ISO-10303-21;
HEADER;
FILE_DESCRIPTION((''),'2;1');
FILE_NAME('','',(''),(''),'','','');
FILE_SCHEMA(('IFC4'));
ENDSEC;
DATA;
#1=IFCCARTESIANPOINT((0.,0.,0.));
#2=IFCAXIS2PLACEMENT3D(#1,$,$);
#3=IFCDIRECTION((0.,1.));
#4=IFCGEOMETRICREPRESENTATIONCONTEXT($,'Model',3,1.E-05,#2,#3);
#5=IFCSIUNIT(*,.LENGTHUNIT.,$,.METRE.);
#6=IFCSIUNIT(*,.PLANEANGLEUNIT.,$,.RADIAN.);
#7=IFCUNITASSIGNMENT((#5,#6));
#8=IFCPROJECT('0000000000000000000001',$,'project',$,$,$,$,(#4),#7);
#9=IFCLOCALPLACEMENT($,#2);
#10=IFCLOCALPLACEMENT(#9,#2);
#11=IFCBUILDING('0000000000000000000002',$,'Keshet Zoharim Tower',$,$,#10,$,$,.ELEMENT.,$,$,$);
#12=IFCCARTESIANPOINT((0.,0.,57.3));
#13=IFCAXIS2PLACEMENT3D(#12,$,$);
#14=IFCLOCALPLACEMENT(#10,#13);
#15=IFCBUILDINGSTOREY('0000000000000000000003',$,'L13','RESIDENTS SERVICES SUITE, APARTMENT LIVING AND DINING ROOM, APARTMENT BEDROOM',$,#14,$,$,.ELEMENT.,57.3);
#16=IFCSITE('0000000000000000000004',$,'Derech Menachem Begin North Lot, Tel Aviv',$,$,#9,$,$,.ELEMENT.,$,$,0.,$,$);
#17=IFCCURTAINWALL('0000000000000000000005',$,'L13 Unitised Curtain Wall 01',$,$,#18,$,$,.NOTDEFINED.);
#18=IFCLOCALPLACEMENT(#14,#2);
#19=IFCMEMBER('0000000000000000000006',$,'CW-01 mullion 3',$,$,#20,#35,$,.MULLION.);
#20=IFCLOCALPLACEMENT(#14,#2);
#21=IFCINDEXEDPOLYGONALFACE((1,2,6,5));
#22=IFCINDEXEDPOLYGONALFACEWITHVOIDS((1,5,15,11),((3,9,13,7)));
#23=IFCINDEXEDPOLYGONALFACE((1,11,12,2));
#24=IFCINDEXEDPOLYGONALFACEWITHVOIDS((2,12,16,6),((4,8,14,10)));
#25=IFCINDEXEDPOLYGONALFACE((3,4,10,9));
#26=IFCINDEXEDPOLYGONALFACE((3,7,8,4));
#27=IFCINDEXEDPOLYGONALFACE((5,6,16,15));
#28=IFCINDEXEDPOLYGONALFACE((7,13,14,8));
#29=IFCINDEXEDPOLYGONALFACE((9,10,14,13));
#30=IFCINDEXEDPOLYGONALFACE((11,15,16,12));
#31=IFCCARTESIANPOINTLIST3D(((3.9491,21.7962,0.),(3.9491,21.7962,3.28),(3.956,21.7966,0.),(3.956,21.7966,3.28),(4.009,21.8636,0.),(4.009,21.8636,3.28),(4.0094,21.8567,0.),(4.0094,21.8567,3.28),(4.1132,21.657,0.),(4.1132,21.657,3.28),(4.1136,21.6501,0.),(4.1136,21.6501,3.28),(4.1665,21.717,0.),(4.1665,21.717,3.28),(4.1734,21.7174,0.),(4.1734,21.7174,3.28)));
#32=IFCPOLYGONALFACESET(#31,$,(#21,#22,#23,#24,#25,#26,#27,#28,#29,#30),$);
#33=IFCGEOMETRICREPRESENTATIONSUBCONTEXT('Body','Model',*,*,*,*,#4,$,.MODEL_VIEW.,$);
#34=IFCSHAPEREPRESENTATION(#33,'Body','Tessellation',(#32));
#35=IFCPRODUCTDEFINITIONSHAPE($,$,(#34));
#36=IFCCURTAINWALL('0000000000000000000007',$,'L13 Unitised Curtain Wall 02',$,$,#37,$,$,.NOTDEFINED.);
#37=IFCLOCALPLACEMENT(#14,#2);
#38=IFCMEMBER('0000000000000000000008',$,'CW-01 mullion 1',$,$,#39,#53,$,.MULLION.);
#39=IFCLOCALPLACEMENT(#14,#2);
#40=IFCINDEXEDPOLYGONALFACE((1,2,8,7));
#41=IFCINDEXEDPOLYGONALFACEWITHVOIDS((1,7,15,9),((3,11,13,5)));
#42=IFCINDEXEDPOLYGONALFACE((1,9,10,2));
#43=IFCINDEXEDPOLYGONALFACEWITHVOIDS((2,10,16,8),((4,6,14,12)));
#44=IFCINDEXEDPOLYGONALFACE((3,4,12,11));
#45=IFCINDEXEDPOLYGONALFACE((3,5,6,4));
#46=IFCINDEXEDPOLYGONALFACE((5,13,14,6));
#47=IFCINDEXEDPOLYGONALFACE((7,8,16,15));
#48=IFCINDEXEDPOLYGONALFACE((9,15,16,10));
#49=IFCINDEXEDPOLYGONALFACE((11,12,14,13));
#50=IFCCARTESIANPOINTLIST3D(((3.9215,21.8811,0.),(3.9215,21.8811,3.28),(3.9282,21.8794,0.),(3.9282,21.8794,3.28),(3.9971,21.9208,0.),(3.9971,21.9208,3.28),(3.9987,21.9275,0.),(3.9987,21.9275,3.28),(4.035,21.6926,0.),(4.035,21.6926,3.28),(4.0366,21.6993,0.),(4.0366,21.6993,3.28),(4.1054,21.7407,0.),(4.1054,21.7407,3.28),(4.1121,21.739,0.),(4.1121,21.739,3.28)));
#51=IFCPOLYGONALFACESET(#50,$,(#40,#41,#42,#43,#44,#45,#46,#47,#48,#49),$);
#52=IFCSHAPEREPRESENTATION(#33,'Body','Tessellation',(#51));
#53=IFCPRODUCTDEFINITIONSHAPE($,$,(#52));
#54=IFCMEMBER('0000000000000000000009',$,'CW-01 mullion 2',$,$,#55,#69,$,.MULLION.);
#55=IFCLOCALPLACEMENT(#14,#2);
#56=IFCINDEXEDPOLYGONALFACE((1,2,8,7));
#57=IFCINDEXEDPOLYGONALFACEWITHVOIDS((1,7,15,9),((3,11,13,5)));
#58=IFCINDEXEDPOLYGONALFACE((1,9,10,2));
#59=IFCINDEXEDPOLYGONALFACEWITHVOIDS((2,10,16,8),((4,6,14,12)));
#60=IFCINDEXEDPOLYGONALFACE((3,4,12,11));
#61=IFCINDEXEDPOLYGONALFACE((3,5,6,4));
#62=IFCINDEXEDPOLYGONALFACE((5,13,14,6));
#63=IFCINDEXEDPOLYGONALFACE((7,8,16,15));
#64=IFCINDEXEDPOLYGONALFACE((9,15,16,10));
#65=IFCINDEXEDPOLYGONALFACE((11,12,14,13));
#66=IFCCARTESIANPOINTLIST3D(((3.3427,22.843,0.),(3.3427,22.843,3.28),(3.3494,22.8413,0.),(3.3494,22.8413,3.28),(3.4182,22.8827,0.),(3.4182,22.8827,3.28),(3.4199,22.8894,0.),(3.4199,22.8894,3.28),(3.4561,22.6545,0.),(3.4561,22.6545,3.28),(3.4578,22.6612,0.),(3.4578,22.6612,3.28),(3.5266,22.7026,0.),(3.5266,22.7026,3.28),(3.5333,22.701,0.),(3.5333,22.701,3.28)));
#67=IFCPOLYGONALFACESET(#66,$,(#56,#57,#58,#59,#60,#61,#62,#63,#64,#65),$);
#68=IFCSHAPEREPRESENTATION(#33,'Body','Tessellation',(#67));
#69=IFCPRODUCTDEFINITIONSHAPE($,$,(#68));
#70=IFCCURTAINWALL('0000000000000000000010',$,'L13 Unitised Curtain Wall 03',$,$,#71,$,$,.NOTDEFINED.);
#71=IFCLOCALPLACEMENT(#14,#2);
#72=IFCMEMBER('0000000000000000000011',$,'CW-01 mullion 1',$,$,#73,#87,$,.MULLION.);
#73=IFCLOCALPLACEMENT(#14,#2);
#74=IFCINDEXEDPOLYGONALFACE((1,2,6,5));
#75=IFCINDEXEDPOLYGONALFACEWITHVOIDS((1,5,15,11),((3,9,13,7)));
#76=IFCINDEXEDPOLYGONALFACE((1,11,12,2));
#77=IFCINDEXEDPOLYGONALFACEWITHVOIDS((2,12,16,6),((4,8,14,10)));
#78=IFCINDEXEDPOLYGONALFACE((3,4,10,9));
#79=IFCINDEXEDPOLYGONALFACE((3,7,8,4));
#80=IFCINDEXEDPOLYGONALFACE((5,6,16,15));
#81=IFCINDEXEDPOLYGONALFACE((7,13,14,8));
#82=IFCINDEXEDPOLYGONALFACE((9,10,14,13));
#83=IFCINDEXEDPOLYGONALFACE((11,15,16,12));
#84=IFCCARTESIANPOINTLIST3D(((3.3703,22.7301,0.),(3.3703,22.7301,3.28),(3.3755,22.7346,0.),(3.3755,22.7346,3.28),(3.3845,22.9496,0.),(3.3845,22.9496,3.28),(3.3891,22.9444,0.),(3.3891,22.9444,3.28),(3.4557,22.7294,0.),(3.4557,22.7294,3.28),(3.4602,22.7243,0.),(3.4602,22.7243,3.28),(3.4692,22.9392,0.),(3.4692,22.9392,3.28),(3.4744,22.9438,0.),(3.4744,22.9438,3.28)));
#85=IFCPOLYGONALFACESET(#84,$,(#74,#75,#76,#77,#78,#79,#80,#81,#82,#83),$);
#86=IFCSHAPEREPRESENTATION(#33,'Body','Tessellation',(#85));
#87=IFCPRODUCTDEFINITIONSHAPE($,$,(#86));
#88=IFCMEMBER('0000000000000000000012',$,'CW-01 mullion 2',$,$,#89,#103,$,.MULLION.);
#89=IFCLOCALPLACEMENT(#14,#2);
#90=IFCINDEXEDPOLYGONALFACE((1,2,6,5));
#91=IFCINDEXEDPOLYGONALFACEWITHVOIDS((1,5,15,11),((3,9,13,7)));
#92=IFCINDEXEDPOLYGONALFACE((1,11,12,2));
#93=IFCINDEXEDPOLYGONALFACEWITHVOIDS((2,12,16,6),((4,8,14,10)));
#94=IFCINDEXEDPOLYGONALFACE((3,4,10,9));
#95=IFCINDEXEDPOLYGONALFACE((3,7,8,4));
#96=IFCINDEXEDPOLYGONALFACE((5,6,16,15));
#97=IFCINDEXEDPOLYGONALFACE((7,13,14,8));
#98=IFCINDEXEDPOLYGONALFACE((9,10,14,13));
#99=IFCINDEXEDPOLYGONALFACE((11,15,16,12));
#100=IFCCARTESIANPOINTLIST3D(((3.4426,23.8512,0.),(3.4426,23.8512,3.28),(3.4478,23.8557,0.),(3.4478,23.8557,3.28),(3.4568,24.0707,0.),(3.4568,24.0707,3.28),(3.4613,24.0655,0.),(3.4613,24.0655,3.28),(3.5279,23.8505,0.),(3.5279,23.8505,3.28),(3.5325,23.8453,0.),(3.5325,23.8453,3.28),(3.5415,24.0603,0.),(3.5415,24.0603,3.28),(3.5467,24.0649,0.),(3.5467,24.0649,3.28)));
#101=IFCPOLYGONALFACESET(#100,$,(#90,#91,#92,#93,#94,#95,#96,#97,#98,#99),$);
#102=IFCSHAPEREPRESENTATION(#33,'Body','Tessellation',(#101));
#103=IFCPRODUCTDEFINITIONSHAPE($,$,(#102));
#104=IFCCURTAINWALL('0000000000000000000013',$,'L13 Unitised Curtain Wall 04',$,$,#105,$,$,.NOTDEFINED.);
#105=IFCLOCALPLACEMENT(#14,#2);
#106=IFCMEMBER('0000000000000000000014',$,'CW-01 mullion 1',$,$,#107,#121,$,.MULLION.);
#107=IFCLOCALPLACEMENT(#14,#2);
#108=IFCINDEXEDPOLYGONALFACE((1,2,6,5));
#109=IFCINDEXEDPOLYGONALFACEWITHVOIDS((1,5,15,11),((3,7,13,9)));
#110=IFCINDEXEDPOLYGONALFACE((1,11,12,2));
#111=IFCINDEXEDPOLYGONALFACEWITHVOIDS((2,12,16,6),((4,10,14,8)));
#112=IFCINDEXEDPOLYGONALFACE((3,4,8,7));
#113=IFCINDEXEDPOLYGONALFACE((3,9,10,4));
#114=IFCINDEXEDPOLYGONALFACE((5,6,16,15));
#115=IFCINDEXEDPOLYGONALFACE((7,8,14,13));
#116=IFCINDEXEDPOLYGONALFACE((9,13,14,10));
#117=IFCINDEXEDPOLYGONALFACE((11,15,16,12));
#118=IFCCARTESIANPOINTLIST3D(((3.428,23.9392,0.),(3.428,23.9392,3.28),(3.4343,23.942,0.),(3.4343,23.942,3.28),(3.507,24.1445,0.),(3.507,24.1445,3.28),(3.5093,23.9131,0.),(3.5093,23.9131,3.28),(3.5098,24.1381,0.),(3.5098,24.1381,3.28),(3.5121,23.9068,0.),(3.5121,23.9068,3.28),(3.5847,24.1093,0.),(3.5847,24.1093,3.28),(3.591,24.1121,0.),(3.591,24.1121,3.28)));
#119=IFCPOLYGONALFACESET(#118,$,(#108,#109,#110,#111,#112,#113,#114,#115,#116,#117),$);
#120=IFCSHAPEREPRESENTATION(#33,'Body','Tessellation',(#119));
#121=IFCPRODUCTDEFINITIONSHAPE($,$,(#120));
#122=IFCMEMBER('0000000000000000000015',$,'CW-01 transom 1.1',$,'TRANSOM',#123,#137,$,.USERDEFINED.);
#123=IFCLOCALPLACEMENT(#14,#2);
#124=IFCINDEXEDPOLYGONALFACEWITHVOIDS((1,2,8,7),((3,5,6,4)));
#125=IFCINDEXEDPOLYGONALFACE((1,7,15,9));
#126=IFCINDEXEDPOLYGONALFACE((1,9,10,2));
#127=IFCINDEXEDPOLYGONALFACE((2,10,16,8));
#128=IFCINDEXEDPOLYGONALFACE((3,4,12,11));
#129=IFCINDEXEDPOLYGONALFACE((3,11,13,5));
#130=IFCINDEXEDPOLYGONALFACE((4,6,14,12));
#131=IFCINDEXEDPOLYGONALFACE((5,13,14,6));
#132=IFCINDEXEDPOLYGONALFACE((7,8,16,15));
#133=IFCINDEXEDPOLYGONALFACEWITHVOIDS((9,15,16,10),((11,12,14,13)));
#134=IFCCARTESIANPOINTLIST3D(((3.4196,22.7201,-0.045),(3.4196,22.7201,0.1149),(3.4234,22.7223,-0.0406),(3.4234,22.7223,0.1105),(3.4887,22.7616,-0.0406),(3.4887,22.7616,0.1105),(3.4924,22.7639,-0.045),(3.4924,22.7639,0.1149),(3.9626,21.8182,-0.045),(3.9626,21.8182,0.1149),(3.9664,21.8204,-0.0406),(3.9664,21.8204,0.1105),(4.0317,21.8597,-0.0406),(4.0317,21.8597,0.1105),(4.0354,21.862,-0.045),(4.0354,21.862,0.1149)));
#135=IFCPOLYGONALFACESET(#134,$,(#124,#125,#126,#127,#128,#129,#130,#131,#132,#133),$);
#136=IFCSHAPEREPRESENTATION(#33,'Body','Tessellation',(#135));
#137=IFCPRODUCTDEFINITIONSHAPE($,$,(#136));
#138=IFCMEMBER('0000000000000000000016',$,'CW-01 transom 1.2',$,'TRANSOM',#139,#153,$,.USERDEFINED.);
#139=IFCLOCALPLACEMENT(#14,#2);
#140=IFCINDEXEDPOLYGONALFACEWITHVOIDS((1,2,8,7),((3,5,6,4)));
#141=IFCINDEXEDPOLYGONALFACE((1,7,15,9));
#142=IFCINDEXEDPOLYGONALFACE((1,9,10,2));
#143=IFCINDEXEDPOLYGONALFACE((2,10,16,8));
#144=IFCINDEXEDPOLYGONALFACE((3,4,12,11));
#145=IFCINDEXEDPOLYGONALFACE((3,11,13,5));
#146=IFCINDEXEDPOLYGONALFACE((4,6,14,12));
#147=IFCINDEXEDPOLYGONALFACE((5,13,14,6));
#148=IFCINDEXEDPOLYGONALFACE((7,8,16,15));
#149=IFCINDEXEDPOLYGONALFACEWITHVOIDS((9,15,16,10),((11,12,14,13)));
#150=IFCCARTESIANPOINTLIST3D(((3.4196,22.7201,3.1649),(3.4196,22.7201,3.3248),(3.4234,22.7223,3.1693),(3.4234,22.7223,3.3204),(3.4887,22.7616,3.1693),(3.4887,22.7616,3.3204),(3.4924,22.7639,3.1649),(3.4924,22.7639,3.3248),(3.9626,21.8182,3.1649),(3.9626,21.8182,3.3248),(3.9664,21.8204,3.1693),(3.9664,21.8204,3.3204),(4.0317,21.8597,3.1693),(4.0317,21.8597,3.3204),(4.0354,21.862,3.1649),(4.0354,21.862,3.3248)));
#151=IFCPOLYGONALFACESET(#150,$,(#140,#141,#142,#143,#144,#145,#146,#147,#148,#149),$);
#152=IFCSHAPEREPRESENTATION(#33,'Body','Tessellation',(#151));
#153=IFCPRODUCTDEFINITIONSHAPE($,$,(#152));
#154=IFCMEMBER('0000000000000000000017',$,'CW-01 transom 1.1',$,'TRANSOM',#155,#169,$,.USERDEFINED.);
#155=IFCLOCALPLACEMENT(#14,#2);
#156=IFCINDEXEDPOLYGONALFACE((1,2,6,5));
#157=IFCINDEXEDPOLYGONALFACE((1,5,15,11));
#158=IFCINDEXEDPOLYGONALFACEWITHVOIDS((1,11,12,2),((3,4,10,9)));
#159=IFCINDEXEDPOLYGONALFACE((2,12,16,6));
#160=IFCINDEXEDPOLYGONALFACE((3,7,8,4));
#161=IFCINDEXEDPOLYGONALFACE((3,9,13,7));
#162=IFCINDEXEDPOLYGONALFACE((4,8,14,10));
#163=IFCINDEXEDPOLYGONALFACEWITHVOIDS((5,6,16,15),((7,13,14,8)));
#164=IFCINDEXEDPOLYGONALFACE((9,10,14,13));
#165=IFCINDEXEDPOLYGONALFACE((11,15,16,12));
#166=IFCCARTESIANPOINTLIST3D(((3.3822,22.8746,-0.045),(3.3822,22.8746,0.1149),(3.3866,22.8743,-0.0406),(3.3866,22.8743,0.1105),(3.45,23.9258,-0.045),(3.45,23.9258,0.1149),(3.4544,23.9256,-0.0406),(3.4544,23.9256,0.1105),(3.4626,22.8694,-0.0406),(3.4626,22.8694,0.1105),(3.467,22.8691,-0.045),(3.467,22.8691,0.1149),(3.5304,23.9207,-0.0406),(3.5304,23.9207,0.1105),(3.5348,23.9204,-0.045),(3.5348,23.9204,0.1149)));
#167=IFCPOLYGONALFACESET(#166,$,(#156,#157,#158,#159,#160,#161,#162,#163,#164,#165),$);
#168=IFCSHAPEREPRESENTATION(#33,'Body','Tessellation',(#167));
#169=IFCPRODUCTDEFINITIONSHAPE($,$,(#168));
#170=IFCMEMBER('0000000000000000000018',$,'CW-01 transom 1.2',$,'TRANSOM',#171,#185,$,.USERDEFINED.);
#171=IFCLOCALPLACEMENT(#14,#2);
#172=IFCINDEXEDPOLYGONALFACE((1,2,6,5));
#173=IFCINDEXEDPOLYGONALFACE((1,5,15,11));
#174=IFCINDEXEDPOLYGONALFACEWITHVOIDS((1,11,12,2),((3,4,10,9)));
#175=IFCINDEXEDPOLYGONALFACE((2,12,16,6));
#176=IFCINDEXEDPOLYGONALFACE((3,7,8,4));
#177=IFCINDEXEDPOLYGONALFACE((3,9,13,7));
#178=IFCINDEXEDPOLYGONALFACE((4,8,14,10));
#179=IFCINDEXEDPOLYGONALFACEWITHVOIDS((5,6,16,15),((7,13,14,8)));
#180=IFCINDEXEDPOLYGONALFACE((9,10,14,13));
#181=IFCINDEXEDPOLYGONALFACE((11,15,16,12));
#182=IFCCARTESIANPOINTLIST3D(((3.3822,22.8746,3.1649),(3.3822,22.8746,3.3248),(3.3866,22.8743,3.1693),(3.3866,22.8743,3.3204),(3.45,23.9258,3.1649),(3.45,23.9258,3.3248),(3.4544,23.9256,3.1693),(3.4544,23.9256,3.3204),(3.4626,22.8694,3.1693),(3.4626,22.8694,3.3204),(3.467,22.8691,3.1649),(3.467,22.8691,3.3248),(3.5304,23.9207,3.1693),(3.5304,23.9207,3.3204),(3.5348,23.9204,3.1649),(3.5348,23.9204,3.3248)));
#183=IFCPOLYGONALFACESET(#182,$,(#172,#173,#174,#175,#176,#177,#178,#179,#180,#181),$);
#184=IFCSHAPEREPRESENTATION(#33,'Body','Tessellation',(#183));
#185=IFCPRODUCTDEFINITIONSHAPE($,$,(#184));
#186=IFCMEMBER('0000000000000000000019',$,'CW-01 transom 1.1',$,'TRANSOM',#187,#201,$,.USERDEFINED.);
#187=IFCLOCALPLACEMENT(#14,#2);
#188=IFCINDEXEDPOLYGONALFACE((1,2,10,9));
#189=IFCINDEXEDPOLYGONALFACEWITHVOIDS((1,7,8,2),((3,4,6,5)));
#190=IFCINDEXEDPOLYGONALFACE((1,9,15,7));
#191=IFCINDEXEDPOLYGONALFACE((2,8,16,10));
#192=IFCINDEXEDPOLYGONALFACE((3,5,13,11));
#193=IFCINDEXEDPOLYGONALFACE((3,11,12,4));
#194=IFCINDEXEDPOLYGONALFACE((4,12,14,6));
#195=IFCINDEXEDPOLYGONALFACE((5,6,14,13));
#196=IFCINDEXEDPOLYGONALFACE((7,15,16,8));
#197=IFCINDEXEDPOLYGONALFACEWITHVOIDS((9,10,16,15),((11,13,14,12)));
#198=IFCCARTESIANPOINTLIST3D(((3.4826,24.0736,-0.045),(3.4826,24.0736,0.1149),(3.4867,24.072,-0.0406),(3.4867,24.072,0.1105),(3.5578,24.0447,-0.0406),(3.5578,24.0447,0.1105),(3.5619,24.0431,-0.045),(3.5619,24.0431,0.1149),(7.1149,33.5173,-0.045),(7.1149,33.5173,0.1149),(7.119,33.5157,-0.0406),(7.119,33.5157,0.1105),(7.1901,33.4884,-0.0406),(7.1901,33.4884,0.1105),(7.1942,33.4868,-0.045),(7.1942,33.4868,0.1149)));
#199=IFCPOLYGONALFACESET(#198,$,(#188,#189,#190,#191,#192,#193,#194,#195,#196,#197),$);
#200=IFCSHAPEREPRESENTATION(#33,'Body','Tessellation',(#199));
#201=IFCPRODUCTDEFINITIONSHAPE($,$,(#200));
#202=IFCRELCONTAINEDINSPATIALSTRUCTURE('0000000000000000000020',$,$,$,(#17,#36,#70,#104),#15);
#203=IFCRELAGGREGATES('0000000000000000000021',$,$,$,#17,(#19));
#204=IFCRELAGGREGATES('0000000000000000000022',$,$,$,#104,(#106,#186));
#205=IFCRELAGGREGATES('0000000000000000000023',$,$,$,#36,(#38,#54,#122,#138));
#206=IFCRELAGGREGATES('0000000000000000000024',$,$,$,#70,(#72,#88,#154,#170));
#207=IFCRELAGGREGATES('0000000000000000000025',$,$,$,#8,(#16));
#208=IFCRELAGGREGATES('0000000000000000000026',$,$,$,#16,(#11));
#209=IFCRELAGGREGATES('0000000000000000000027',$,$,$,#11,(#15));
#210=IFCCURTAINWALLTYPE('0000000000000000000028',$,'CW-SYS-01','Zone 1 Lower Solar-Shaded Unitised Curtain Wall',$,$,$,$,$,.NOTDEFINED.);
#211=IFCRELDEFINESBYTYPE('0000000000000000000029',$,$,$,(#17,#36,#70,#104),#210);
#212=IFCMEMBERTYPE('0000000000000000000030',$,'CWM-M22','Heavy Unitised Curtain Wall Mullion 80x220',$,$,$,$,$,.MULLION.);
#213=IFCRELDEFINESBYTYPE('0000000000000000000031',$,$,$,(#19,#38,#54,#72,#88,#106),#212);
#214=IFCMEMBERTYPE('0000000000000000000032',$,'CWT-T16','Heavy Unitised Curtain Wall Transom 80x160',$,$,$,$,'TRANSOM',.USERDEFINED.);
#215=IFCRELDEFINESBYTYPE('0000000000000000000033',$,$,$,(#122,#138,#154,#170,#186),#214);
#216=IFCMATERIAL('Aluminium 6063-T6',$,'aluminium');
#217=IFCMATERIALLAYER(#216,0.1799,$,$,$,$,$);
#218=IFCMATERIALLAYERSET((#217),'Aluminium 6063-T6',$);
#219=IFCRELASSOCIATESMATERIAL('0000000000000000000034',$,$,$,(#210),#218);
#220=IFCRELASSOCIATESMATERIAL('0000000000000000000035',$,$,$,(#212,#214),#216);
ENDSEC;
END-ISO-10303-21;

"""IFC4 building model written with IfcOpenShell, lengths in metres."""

from ifc_helpers import new_model, si_unit, direction, frame, origin, origin_2d, place, context, subcontext, project, spatial, hollow_rectangle, extrude, material, layer, layer_set, material_profile, profile_set, type_object, element, aggregate, save


model = new_model("IFC4")

# Units and contexts
model_context = context("Model", 3, precision=1e-05, world=origin(), true_north=direction((0.0, 1.0)))
body_context = subcontext(model_context, "Body", "Model", "MODEL_VIEW")
ifc_project = project(units=[si_unit("LENGTHUNIT", "METRE"), si_unit("PLANEANGLEUNIT", "RADIAN")], contexts=[model_context])

# Site, building, storey
site_placement = place(None, origin())
site = spatial("IfcSite", under=ifc_project, at=site_placement, Name="Derech Menachem Begin North Lot, Tel Aviv", CompositionType="ELEMENT", RefElevation=0.0)
building_placement = place(site_placement, origin())
building = spatial("IfcBuilding", under=site, at=building_placement, Name="Keshet Zoharim Tower", CompositionType="ELEMENT")
storey_placement = place(building_placement, frame((0.0, 0.0, 57.3)))
storey = spatial("IfcBuildingStorey", under=building, at=storey_placement, Name="L13", Description="RESIDENTS SERVICES SUITE, APARTMENT LIVING AND DINING ROOM, APARTMENT BEDROOM", CompositionType="ELEMENT", Elevation=57.3)

# Curtain wall, member
ifc_material_1 = material(Name="Aluminium 6063-T6", Category="aluminium")
ifc_layer_1 = layer(ifc_material_1, 0.1799)
ifc_layer_set_1 = layer_set([ifc_layer_1], Name="Aluminium 6063-T6")
curtain_wall_type = type_object("IfcCurtainWallType", Name="CW-SYS-01", Description="Zone 1 Lower Solar-Shaded Unitised Curtain Wall", PredefinedType="NOTDEFINED", material=ifc_layer_set_1)
curtain_wall_1_placement = place(storey_placement, origin())
curtain_wall_1 = element("IfcCurtainWall", 1, at=curtain_wall_1_placement, inside=storey, type_object=curtain_wall_type, Name="L13 Unitised Curtain Wall 01", PredefinedType="NOTDEFINED")
ifc_material_profile_1 = material_profile(ifc_material_1, hollow_rectangle(XDim=0.0901, YDim=0.22, WallThickness=0.0049, at=origin_2d()), Name="MUL-90x220")
ifc_profile_set_1 = profile_set([ifc_material_profile_1], Name="Aluminium 6063-T6")
member_type_1 = type_object("IfcMemberType", Name="CWM-M22", Description="Heavy Unitised Curtain Wall Mullion 80x220", PredefinedType="MULLION", material=ifc_profile_set_1)
member_1_placement = place(storey_placement, frame((4.0613, 21.7568, 0.0), z_axis=(0.0, 0.0, 1.0), x_axis=(-0.664364, -0.747409, 0.0)))
member_1 = element("IfcMember", 2, at=member_1_placement, type_object=member_type_1, Name="CW-01 mullion 3", PredefinedType="MULLION", context=body_context, shape_type="SweptSolid", body=[
    extrude(hollow_rectangle(XDim=0.0901, YDim=0.22, WallThickness=0.0049, at=origin_2d()), origin(), (0.0, 0.0, 1.0), 3.28),
])
aggregate(curtain_wall_1, [member_1])

# Curtain walls, members
curtain_wall_2_placement = place(storey_placement, origin())
curtain_wall_2 = element("IfcCurtainWall", 3, at=curtain_wall_2_placement, inside=storey, type_object=curtain_wall_type, Name="L13 Unitised Curtain Wall 02", PredefinedType="NOTDEFINED")
member_2_placement = place(storey_placement, frame((4.0168, 21.8101, 0.0), z_axis=(0.0, 0.0, 1.0), x_axis=(-0.856826, -0.515605, 0.0)))
member_2 = element("IfcMember", 4, at=member_2_placement, type_object=member_type_1, Name="CW-01 mullion 1", PredefinedType="MULLION", context=body_context, shape_type="SweptSolid", body=[
    extrude(hollow_rectangle(XDim=0.0901, YDim=0.22, WallThickness=0.0049, at=origin_2d()), origin(), (0.0, 0.0, 1.0), 3.28),
])
member_3_placement = place(storey_placement, frame((3.438, 22.772, 0.0), z_axis=(0.0, 0.0, 1.0), x_axis=(-0.856826, -0.515605, 0.0)))
member_3 = element("IfcMember", 5, at=member_3_placement, type_object=member_type_1, Name="CW-01 mullion 2", PredefinedType="MULLION", context=body_context, shape_type="SweptSolid", body=[
    extrude(hollow_rectangle(XDim=0.0901, YDim=0.22, WallThickness=0.0049, at=origin_2d()), origin(), (0.0, 0.0, 1.0), 3.28),
])
curtain_wall_3_placement = place(storey_placement, origin())
curtain_wall_3 = element("IfcCurtainWall", 6, at=curtain_wall_3_placement, inside=storey, type_object=curtain_wall_type, Name="L13 Unitised Curtain Wall 03", PredefinedType="NOTDEFINED")
member_4_placement = place(storey_placement, frame((3.4224, 22.8369, 0.0), z_axis=(0.0, 0.0, 1.0), x_axis=(-0.997917, 0.064517, 0.0)))
member_4 = element("IfcMember", 7, at=member_4_placement, type_object=member_type_1, Name="CW-01 mullion 1", PredefinedType="MULLION", context=body_context, shape_type="SweptSolid", body=[
    extrude(hollow_rectangle(XDim=0.0901, YDim=0.22, WallThickness=0.0049, at=origin_2d()), origin(), (0.0, 0.0, 1.0), 3.28),
])
member_5_placement = place(storey_placement, frame((3.4946, 23.958, 0.0), z_axis=(0.0, 0.0, 1.0), x_axis=(-0.997917, 0.064517, 0.0)))
member_5 = element("IfcMember", 8, at=member_5_placement, type_object=member_type_1, Name="CW-01 mullion 2", PredefinedType="MULLION", context=body_context, shape_type="SweptSolid", body=[
    extrude(hollow_rectangle(XDim=0.0901, YDim=0.22, WallThickness=0.0049, at=origin_2d()), origin(), (0.0, 0.0, 1.0), 3.28),
])

# Curtain wall, member
curtain_wall_4_placement = place(storey_placement, origin())
curtain_wall_4 = element("IfcCurtainWall", 9, at=curtain_wall_4_placement, inside=storey, type_object=curtain_wall_type, Name="L13 Unitised Curtain Wall 04", PredefinedType="NOTDEFINED")
member_6_placement = place(storey_placement, frame((3.5095, 24.0256, 0.0), z_axis=(0.0, 0.0, 1.0), x_axis=(-0.933341, 0.35899, 0.0)))
member_6 = element("IfcMember", 10, at=member_6_placement, type_object=member_type_1, Name="CW-01 mullion 1", PredefinedType="MULLION", context=body_context, shape_type="SweptSolid", body=[
    extrude(hollow_rectangle(XDim=0.0901, YDim=0.22, WallThickness=0.0049, at=origin_2d()), origin(), (0.0, 0.0, 1.0), 3.28),
])

# Members
ifc_material_profile_2 = material_profile(ifc_material_1, hollow_rectangle(XDim=0.085, YDim=0.1599, WallThickness=0.0044, at=origin_2d()), Name="TRN-85x160")
ifc_profile_set_2 = profile_set([ifc_material_profile_2], Name="Aluminium 6063-T6")
member_type_2 = type_object("IfcMemberType", Name="CWT-T16", Description="Heavy Unitised Curtain Wall Transom 80x160", ElementType="TRANSOM", PredefinedType="USERDEFINED", material=ifc_profile_set_2)
member_7_placement = place(storey_placement, frame((3.999, 21.8401, 0.0349), z_axis=(-0.515791, 0.856714, 0.0), x_axis=(-0.856714, -0.515791, 0.0)))
member_7 = element("IfcMember", 11, at=member_7_placement, type_object=member_type_2, Name="CW-01 transom 1.1", ObjectType="TRANSOM", PredefinedType="USERDEFINED", context=body_context, shape_type="SweptSolid", body=[
    extrude(hollow_rectangle(XDim=0.085, YDim=0.1599, WallThickness=0.0044, at=origin_2d()), origin(), (0.0, 0.0, 1.0), 1.0527),
])
member_8_placement = place(storey_placement, frame((3.999, 21.8401, 3.2449), z_axis=(-0.515791, 0.856714, 0.0), x_axis=(-0.856714, -0.515791, 0.0)))
member_8 = element("IfcMember", 12, at=member_8_placement, type_object=member_type_2, Name="CW-01 transom 1.2", ObjectType="TRANSOM", PredefinedType="USERDEFINED", context=body_context, shape_type="SweptSolid", body=[
    extrude(hollow_rectangle(XDim=0.085, YDim=0.1599, WallThickness=0.0044, at=origin_2d()), origin(), (0.0, 0.0, 1.0), 1.0527),
])
member_9_placement = place(storey_placement, frame((3.4246, 22.8718, 0.0349), z_axis=(0.064427, 0.997922, 0.0), x_axis=(-0.997922, 0.064427, 0.0)))
member_9 = element("IfcMember", 13, at=member_9_placement, type_object=member_type_2, Name="CW-01 transom 1.1", ObjectType="TRANSOM", PredefinedType="USERDEFINED", context=body_context, shape_type="SweptSolid", body=[
    extrude(hollow_rectangle(XDim=0.085, YDim=0.1599, WallThickness=0.0044, at=origin_2d()), origin(), (0.0, 0.0, 1.0), 1.0535),
])
member_10_placement = place(storey_placement, frame((3.4246, 22.8718, 3.2449), z_axis=(0.064427, 0.997922, 0.0), x_axis=(-0.997922, 0.064427, 0.0)))
member_10 = element("IfcMember", 14, at=member_10_placement, type_object=member_type_2, Name="CW-01 transom 1.2", ObjectType="TRANSOM", PredefinedType="USERDEFINED", context=body_context, shape_type="SweptSolid", body=[
    extrude(hollow_rectangle(XDim=0.085, YDim=0.1599, WallThickness=0.0044, at=origin_2d()), origin(), (0.0, 0.0, 1.0), 1.0535),
])
member_11_placement = place(storey_placement, frame((3.5222, 24.0583, 0.0349), z_axis=(0.358994, 0.93334, 0.0), x_axis=(-0.93334, 0.358994, 0.0)))
member_11 = element("IfcMember", 15, at=member_11_placement, type_object=member_type_2, Name="CW-01 transom 1.1", ObjectType="TRANSOM", PredefinedType="USERDEFINED", context=body_context, shape_type="SweptSolid", body=[
    extrude(hollow_rectangle(XDim=0.085, YDim=0.1599, WallThickness=0.0044, at=origin_2d()), origin(), (0.0, 0.0, 1.0), 10.1182),
])
aggregate(curtain_wall_4, [member_6, member_11])

aggregate(curtain_wall_2, [member_2, member_3, member_7, member_8])
aggregate(curtain_wall_3, [member_4, member_5, member_9, member_10])

save(model, "model.ifc")
